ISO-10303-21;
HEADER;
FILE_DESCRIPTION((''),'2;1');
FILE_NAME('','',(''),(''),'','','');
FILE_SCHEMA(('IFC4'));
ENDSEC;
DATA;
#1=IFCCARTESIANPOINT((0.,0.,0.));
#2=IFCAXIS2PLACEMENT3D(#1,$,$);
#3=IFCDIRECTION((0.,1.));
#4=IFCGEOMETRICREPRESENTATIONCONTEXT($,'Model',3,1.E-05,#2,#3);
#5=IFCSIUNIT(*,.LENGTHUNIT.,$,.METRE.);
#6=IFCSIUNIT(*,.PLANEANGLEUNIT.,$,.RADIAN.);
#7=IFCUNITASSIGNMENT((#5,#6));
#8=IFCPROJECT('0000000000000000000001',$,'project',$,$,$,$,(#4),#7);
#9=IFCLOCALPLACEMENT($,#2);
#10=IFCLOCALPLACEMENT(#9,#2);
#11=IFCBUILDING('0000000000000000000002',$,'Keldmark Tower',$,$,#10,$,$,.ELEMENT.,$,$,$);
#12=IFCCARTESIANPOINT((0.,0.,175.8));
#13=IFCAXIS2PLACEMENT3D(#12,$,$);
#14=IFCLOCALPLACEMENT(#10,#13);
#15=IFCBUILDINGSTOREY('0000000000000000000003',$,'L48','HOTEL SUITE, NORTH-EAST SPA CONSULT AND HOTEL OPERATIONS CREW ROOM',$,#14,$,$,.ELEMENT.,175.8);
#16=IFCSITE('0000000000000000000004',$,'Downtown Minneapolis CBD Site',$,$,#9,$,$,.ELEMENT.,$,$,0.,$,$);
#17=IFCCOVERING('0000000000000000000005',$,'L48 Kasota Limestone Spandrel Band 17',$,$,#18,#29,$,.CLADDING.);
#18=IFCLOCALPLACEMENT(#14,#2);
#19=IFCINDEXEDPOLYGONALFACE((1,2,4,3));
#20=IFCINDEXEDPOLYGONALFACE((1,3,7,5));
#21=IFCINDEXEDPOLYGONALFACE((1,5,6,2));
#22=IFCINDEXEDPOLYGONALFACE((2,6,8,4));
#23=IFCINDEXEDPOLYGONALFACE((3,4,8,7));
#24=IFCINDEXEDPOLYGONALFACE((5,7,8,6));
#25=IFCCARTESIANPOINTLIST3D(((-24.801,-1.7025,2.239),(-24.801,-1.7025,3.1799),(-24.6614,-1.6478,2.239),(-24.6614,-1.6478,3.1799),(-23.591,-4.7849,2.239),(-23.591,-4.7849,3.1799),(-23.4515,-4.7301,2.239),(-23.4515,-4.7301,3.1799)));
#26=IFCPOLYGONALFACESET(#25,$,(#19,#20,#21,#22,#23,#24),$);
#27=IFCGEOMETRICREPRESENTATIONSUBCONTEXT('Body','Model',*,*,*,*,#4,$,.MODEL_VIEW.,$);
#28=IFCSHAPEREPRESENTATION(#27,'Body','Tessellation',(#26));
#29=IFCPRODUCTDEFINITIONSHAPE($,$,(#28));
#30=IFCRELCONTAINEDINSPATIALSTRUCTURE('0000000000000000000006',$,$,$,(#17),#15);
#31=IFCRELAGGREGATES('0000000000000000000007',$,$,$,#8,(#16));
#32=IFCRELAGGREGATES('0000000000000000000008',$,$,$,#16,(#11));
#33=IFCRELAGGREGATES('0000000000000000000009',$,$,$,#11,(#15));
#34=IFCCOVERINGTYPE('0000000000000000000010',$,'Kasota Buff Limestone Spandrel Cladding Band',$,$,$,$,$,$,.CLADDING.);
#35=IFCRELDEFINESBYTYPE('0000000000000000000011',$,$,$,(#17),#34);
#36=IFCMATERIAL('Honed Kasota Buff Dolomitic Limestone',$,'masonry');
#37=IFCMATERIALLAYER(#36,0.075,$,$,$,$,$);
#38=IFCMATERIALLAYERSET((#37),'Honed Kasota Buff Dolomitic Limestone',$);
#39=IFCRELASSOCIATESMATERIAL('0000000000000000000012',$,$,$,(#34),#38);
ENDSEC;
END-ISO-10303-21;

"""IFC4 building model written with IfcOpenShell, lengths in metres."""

from ifc_helpers import new_model, si_unit, direction, frame, origin, origin_2d, place, context, subcontext, project, spatial, rectangle, extrude, material, layer, layer_set, type_object, element, save


model = new_model("IFC4")

# Units and contexts
model_context = context("Model", 3, precision=1e-05, world=origin(), true_north=direction((0.0, 1.0)))
body_context = subcontext(model_context, "Body", "Model", "MODEL_VIEW")
ifc_project = project(units=[si_unit("LENGTHUNIT", "METRE"), si_unit("PLANEANGLEUNIT", "RADIAN")], contexts=[model_context])

# Site, building, storey
site_placement = place(None, origin())
site = spatial("IfcSite", under=ifc_project, at=site_placement, Name="Downtown Minneapolis CBD Site", CompositionType="ELEMENT", RefElevation=0.0)
building_placement = place(site_placement, origin())
building = spatial("IfcBuilding", under=site, at=building_placement, Name="Keldmark Tower", CompositionType="ELEMENT")
storey_placement = place(building_placement, frame((0.0, 0.0, 175.8)))
storey = spatial("IfcBuildingStorey", under=building, at=storey_placement, Name="L48", Description="HOTEL SUITE, NORTH-EAST SPA CONSULT AND HOTEL OPERATIONS CREW ROOM", CompositionType="ELEMENT", Elevation=175.8)

# Covering
ifc_material_1 = material(Name="Honed Kasota Buff Dolomitic Limestone", Category="masonry")
ifc_layer_1 = layer(ifc_material_1, 0.075)
ifc_layer_set_1 = layer_set([ifc_layer_1], Name="Honed Kasota Buff Dolomitic Limestone")
covering_type = type_object("IfcCoveringType", Name="Kasota Buff Limestone Spandrel Cladding Band", PredefinedType="CLADDING", material=ifc_layer_set_1)
covering_placement = place(storey_placement, frame((-24.1262, -3.2163, 2.239), z_axis=(0.0, 0.0, 1.0), x_axis=(0.365397, -0.930852, 0.0)))
element("IfcCovering", 1, at=covering_placement, inside=storey, type_object=covering_type, Name="L48 Kasota Limestone Spandrel Band 17", PredefinedType="CLADDING", context=body_context, shape_type="SweptSolid", body=[
    extrude(rectangle(XDim=3.3113, YDim=0.1499, at=origin_2d()), origin(), (0.0, 0.0, 1.0), 0.9409),
])

save(model, "model.ifc")
